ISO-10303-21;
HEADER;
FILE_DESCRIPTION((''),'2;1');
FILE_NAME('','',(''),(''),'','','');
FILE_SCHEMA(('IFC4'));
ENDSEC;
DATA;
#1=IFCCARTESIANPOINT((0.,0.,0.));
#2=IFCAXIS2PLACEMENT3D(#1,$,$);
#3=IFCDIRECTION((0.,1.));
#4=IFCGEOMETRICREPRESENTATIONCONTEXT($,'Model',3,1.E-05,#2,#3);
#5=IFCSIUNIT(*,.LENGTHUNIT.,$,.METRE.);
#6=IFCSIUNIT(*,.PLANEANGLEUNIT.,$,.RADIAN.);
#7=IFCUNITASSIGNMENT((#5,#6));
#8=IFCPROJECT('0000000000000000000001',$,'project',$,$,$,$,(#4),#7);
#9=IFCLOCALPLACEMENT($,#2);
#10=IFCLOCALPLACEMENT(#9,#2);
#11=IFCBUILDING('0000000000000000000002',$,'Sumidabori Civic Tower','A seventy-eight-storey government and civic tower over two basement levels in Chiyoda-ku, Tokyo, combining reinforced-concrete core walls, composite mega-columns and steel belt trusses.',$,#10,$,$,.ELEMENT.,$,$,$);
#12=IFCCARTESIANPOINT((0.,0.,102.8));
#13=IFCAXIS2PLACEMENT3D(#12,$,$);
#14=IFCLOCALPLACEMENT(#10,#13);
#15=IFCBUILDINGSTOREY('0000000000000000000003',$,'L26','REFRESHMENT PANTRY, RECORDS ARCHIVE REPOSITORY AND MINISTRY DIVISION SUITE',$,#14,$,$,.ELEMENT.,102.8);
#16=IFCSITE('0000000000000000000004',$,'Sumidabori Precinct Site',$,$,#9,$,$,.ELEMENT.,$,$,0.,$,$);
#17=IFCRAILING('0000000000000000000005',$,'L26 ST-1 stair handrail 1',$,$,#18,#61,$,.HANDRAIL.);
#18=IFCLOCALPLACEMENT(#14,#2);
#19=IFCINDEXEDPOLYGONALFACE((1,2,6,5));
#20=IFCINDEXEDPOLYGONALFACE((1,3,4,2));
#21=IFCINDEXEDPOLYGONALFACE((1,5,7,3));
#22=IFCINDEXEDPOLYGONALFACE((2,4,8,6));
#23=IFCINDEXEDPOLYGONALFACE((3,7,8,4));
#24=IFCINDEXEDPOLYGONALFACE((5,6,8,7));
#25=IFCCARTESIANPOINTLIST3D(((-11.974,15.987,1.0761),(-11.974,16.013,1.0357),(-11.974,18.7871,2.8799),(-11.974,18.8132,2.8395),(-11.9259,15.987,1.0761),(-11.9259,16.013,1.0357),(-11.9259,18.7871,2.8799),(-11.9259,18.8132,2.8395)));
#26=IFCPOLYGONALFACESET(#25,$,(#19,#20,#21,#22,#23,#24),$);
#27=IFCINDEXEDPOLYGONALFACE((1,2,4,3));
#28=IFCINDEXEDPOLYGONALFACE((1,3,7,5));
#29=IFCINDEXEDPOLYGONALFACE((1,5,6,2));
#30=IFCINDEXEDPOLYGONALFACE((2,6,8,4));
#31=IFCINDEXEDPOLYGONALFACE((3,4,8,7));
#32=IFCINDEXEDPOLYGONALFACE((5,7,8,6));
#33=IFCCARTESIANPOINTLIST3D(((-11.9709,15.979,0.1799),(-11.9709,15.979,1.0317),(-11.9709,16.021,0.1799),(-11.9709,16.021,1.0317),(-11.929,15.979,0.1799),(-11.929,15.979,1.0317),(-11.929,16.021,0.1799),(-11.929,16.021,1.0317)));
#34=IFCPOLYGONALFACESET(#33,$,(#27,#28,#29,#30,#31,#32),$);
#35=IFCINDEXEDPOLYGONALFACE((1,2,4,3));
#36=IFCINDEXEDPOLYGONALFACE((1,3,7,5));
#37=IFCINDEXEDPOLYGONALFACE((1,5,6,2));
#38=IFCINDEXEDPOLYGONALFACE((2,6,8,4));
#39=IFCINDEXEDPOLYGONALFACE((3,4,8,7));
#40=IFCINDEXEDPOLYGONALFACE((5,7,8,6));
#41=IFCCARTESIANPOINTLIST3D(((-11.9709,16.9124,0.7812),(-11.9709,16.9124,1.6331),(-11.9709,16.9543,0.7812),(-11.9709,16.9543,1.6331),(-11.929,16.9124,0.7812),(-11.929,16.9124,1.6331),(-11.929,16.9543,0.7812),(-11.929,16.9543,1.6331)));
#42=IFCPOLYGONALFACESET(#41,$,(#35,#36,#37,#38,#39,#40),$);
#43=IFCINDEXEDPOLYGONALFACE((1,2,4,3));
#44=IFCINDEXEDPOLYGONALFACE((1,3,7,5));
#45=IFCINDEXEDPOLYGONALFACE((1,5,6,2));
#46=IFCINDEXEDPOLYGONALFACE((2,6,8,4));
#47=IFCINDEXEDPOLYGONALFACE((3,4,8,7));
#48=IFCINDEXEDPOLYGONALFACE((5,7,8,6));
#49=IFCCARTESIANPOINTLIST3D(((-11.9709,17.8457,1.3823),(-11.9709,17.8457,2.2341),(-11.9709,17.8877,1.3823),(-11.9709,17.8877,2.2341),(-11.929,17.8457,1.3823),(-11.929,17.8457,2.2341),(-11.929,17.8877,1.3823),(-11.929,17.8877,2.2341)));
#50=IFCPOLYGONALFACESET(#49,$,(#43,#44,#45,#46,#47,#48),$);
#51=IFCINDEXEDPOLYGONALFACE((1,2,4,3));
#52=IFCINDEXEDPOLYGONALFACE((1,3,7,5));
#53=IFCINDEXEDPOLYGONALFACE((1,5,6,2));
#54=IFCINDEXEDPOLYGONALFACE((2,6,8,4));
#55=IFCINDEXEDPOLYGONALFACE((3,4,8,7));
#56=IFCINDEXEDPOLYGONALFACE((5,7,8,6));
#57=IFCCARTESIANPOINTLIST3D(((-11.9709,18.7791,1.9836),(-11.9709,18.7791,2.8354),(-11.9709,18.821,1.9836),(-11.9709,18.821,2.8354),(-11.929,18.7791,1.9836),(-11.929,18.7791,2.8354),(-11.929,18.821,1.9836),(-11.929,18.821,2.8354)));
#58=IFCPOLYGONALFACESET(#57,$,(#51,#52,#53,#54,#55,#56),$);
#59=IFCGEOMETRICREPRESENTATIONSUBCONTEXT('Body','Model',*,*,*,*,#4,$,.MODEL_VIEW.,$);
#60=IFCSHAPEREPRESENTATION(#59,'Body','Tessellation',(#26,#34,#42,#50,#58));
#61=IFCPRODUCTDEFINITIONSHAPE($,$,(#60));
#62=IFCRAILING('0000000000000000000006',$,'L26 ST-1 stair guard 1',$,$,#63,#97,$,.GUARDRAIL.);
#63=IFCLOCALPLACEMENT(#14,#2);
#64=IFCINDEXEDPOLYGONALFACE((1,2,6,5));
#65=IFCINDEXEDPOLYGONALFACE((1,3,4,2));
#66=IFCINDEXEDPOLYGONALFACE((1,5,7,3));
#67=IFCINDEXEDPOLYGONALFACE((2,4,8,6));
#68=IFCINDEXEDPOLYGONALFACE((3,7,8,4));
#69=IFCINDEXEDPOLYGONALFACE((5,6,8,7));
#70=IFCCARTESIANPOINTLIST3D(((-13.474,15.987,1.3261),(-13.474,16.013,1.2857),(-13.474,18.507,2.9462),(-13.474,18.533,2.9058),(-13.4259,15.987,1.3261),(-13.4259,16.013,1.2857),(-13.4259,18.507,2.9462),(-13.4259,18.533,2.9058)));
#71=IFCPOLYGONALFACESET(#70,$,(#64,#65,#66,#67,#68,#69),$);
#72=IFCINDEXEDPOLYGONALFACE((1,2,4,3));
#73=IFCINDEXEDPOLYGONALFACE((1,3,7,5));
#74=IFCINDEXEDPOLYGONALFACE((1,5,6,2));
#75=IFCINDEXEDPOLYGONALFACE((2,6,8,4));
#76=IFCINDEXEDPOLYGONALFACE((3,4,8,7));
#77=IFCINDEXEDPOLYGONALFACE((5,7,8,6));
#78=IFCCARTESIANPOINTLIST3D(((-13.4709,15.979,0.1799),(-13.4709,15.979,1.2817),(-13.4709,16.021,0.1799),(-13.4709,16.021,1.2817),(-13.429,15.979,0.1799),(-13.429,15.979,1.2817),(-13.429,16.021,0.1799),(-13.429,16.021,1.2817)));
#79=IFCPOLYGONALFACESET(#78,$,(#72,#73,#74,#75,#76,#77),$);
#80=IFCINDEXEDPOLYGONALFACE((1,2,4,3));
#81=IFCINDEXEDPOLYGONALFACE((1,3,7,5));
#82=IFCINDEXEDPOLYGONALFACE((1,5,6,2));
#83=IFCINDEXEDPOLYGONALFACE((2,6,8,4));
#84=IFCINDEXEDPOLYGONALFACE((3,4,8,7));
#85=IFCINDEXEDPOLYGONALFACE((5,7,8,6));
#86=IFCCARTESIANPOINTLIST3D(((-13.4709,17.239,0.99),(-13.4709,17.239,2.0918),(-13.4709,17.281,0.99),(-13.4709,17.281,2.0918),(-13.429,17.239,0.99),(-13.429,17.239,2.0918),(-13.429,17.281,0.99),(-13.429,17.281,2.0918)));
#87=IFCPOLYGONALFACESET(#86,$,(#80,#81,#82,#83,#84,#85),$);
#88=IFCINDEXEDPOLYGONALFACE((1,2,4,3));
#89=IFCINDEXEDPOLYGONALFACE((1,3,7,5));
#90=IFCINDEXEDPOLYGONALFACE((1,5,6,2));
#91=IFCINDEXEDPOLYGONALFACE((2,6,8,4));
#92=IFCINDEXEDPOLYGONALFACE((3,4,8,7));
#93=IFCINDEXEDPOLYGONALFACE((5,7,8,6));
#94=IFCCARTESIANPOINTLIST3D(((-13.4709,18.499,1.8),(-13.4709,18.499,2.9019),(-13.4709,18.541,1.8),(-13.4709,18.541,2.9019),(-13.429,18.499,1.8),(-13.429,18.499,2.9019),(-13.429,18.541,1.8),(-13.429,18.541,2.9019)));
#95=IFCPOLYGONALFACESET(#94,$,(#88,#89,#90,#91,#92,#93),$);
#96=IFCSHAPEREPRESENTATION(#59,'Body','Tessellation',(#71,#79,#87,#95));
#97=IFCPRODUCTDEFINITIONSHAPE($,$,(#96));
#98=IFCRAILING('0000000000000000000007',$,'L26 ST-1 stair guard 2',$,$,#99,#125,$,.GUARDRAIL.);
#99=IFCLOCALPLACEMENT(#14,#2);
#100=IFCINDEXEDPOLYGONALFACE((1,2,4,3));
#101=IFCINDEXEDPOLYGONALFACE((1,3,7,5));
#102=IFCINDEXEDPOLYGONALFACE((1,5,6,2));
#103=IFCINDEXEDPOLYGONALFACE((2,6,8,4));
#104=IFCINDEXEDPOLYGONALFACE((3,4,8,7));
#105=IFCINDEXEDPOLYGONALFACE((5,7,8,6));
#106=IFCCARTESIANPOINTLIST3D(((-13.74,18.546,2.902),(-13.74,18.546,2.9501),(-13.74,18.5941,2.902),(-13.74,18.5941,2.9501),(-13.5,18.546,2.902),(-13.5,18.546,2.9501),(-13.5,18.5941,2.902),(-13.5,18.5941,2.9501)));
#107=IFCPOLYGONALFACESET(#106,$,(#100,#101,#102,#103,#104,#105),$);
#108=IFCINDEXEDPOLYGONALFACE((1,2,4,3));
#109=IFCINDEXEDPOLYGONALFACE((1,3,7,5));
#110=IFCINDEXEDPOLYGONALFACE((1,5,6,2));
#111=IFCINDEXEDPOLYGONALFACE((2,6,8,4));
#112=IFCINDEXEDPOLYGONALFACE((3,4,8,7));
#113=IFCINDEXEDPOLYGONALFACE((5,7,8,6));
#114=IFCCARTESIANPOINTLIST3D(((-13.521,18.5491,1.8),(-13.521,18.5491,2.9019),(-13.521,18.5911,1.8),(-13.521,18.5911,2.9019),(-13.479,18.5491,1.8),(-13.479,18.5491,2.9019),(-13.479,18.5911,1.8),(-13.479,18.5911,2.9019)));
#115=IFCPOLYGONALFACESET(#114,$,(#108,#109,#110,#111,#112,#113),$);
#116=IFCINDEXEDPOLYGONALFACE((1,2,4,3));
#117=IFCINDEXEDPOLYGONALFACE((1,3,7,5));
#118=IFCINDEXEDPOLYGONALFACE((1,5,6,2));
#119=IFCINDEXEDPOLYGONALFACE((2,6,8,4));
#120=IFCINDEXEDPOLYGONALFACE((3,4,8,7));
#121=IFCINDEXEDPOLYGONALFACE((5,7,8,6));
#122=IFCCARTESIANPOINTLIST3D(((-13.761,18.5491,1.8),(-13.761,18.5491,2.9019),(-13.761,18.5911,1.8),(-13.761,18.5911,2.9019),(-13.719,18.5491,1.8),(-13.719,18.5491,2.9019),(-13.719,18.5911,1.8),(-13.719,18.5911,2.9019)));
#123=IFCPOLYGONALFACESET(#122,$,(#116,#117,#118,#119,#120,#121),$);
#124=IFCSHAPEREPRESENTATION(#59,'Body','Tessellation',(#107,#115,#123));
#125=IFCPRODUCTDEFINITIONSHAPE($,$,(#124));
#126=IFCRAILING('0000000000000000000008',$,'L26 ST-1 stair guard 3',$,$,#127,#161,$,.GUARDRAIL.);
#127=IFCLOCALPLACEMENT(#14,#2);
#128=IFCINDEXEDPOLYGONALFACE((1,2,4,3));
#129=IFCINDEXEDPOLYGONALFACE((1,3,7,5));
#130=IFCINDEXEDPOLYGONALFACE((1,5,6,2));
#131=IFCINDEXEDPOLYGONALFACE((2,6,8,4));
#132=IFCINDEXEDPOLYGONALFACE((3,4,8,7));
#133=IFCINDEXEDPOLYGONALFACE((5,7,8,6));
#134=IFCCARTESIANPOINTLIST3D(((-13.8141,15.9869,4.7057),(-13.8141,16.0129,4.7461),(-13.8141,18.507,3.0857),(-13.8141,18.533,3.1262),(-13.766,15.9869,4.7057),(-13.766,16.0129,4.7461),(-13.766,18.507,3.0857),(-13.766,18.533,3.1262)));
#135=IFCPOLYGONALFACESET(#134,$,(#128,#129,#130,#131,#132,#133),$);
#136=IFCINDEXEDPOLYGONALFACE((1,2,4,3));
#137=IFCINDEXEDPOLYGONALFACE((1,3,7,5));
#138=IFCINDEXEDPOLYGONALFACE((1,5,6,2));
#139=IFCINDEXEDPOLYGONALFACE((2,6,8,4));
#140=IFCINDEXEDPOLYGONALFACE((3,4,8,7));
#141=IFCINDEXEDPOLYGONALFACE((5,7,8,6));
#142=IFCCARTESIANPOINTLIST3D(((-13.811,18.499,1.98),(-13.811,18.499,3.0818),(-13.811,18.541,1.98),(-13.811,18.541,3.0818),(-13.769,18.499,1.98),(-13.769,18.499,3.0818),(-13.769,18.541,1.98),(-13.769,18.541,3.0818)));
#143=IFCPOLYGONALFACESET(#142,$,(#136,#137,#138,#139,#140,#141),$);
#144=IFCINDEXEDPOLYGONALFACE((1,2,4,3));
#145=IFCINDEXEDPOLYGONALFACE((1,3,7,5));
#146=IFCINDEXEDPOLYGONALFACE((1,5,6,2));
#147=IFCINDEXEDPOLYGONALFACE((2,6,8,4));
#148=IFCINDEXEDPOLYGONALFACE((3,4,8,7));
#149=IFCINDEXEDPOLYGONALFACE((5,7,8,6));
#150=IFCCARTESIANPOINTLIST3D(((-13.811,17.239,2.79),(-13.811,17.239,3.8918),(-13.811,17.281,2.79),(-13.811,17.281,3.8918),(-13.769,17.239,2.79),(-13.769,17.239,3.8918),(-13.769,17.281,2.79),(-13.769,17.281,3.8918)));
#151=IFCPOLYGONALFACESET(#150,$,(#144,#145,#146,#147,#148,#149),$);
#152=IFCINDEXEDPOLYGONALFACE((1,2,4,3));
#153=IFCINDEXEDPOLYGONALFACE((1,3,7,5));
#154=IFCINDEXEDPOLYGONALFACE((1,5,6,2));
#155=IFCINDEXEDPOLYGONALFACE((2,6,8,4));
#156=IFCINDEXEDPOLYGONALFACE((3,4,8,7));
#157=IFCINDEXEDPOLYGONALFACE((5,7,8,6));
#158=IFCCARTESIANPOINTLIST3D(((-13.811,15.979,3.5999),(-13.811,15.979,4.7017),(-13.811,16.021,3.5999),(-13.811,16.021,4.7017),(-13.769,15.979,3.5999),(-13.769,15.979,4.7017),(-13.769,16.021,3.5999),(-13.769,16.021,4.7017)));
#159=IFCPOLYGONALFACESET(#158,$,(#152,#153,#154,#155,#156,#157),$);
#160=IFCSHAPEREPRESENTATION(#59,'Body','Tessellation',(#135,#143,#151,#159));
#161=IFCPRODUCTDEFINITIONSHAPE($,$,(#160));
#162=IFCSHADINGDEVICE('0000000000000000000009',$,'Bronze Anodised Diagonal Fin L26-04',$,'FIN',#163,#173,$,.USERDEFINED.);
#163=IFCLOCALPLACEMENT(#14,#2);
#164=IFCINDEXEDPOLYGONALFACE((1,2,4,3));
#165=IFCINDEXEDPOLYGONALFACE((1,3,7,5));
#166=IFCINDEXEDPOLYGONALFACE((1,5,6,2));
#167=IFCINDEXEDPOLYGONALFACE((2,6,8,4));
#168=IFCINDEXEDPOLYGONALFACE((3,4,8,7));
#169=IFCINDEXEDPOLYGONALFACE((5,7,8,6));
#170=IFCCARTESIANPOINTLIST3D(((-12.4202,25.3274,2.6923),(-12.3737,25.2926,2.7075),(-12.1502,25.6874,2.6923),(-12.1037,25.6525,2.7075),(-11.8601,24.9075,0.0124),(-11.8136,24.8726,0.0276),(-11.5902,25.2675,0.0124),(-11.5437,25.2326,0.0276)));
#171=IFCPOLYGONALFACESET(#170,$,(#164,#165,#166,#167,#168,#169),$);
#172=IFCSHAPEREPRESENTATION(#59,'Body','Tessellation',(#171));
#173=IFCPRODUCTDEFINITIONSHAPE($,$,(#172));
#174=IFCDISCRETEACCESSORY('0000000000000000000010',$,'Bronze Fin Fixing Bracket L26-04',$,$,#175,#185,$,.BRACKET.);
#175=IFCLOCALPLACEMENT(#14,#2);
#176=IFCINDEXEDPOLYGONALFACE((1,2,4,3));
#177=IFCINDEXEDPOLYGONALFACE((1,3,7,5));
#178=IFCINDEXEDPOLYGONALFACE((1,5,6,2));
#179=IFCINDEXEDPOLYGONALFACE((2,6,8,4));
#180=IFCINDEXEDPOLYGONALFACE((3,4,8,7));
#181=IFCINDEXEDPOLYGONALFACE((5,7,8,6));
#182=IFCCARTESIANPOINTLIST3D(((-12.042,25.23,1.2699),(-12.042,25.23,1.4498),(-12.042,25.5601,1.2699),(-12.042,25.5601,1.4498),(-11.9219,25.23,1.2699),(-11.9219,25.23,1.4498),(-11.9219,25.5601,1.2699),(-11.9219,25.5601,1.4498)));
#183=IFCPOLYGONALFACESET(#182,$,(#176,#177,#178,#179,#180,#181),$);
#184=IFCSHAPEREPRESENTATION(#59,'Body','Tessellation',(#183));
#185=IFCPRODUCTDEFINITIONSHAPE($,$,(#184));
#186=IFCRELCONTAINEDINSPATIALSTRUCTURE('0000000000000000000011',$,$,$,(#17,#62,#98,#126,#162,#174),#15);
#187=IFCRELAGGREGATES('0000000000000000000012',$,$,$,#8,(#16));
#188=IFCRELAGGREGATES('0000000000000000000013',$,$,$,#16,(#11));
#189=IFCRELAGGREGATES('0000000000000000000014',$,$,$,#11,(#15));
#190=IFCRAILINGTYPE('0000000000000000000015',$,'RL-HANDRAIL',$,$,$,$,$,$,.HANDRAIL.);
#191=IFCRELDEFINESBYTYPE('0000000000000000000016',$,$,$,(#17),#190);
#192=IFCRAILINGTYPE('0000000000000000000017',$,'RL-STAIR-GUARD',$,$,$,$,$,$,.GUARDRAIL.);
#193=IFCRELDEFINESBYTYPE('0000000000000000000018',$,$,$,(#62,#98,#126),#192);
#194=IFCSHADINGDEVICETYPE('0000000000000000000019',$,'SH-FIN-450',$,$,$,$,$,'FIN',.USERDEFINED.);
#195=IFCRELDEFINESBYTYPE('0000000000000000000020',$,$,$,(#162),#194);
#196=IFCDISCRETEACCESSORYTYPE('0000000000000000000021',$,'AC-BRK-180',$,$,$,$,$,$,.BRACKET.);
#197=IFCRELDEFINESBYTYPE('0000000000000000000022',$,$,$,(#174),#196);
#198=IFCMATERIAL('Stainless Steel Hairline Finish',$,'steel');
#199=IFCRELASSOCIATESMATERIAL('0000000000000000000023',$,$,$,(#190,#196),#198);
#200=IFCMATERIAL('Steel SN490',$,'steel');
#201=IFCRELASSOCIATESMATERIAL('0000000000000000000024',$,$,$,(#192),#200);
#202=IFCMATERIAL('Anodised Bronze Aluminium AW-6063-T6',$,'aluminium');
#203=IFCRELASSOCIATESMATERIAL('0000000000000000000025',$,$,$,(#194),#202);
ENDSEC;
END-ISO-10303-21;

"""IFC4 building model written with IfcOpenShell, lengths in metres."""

from ifc_helpers import new_model, si_unit, direction, frame, origin, origin_2d, place, context, subcontext, project, spatial, rectangle, extrude, source, transform, mapped, material, material_profile, profile_set, type_object, element, save


model = new_model("IFC4")

# Units and contexts
model_context = context("Model", 3, precision=1e-05, world=origin(), true_north=direction((0.0, 1.0)))
body_context = subcontext(model_context, "Body", "Model", "MODEL_VIEW")
ifc_project = project(units=[si_unit("LENGTHUNIT", "METRE"), si_unit("PLANEANGLEUNIT", "RADIAN")], contexts=[model_context])

# Site, building, storey
site_placement = place(None, origin())
site = spatial("IfcSite", under=ifc_project, at=site_placement, Name="Sumidabori Precinct Site", CompositionType="ELEMENT", RefElevation=0.0)
building_placement = place(site_placement, origin())
building = spatial("IfcBuilding", under=site, at=building_placement, Name="Sumidabori Civic Tower", Description="A seventy-eight-storey government and civic tower over two basement levels in Chiyoda-ku, Tokyo, combining reinforced-concrete core walls, composite mega-columns and steel belt trusses.", CompositionType="ELEMENT")
storey_placement = place(building_placement, frame((0.0, 0.0, 102.8)))
storey = spatial("IfcBuildingStorey", under=building, at=storey_placement, Name="L26", Description="REFRESHMENT PANTRY, RECORDS ARCHIVE REPOSITORY AND MINISTRY DIVISION SUITE", CompositionType="ELEMENT", Elevation=102.8)

# Shared definitions
ifc_material_1 = material(Name="Anodised Bronze Aluminium AW-6063-T6", Category="aluminium")

# Railings
ifc_material_2 = material(Name="Stainless Steel Hairline Finish", Category="steel")
railing_type_1 = type_object("IfcRailingType", Name="RL-HANDRAIL", PredefinedType="HANDRAIL", material=ifc_material_2)
railing_1_placement = place(storey_placement, frame((-11.95, 16.0, 0.1799)))
element("IfcRailing", 1, at=railing_1_placement, inside=storey, type_object=railing_type_1, Name="L26 ST-1 stair handrail 1", PredefinedType="HANDRAIL", context=body_context, shape_type="SweptSolid", body=[
    extrude(rectangle(XDim=0.0481, YDim=0.0481, at=origin_2d()), frame((0.0, 0.0, 0.876), z_axis=(0.0, 0.840676, 0.541539), x_axis=(-1.0, 0.0, 0.0)), (0.0, 0.0, 1.0), 3.3308),
    extrude(rectangle(XDim=0.042, YDim=0.042, at=origin_2d()), origin(), (0.0, 0.0, 1.0), 0.8518),
    extrude(rectangle(XDim=0.042, YDim=0.042, at=origin_2d()), frame((0.0, 0.9333, 0.6013)), (0.0, 0.0, 1.0), 0.8518),
    extrude(rectangle(XDim=0.042, YDim=0.042, at=origin_2d()), frame((0.0, 1.8667, 1.2024)), (0.0, 0.0, 1.0), 0.8518),
    extrude(rectangle(XDim=0.042, YDim=0.042, at=origin_2d()), frame((0.0, 2.8, 1.8037)), (0.0, 0.0, 1.0), 0.8518),
])
ifc_material_3 = material(Name="Steel SN490", Category="steel")
railing_type_2 = type_object("IfcRailingType", Name="RL-STAIR-GUARD", PredefinedType="GUARDRAIL", material=ifc_material_3)
railing_2_placement = place(storey_placement, frame((-13.45, 16.0, 0.1799)))
element("IfcRailing", 2, at=railing_2_placement, inside=storey, type_object=railing_type_2, Name="L26 ST-1 stair guard 1", PredefinedType="GUARDRAIL", context=body_context, shape_type="SweptSolid", body=[
    extrude(rectangle(XDim=0.0481, YDim=0.0481, at=origin_2d()), frame((0.0, 0.0, 1.126), z_axis=(0.0, 0.841163, 0.540782), x_axis=(-1.0, 0.0, 0.0)), (0.0, 0.0, 1.0), 2.9958),
    extrude(rectangle(XDim=0.042, YDim=0.042, at=origin_2d()), origin(), (0.0, 0.0, 1.0), 1.1018),
    extrude(rectangle(XDim=0.042, YDim=0.042, at=origin_2d()), frame((0.0, 1.26, 0.8101)), (0.0, 0.0, 1.0), 1.1018),
    extrude(rectangle(XDim=0.042, YDim=0.042, at=origin_2d()), frame((0.0, 2.52, 1.6201)), (0.0, 0.0, 1.0), 1.1018),
])
railing_3_placement = place(storey_placement, frame((-13.5, 18.5701, 1.8)))
element("IfcRailing", 3, at=railing_3_placement, inside=storey, type_object=railing_type_2, Name="L26 ST-1 stair guard 2", PredefinedType="GUARDRAIL", context=body_context, shape_type="SweptSolid", body=[
    extrude(rectangle(XDim=0.0481, YDim=0.0481, at=origin_2d()), frame((0.0, 0.0, 1.126), z_axis=(-1.0, 0.0, 0.0), x_axis=(0.0, -1.0, 0.0)), (0.0, 0.0, 1.0), 0.24),
    extrude(rectangle(XDim=0.042, YDim=0.042, at=origin_2d()), origin(), (0.0, 0.0, 1.0), 1.1018),
    extrude(rectangle(XDim=0.042, YDim=0.042, at=origin_2d()), frame((-0.24, 0.0, 0.0)), (0.0, 0.0, 1.0), 1.1018),
])
railing_4_placement = place(storey_placement, frame((-13.79, 18.52, 1.98)))
element("IfcRailing", 4, at=railing_4_placement, inside=storey, type_object=railing_type_2, Name="L26 ST-1 stair guard 3", PredefinedType="GUARDRAIL", context=body_context, shape_type="SweptSolid", body=[
    extrude(rectangle(XDim=0.0481, YDim=0.0481, at=origin_2d()), frame((0.0, 0.0, 1.126), z_axis=(0.0, -0.8412, 0.540725), x_axis=(1.0, 0.0, 0.0)), (0.0, 0.0, 1.0), 2.9958),
    extrude(rectangle(XDim=0.042, YDim=0.042, at=origin_2d()), origin(), (0.0, 0.0, 1.0), 1.1018),
    extrude(rectangle(XDim=0.042, YDim=0.042, at=origin_2d()), frame((0.0, -1.26, 0.8101)), (0.0, 0.0, 1.0), 1.1018),
    extrude(rectangle(XDim=0.042, YDim=0.042, at=origin_2d()), frame((0.0, -2.52, 1.6199)), (0.0, 0.0, 1.0), 1.1018),
])

# Shading device
ifc_material_profile_1 = material_profile(ifc_material_1, rectangle(XDim=0.0601, YDim=0.45, at=origin_2d()), Name="BRONZE FIN 450x60")
ifc_profile_set_1 = profile_set([ifc_material_profile_1], Name="Anodised Bronze Aluminium AW-6063-T6")
shading_device_type = type_object("IfcShadingDeviceType", Name="SH-FIN-450", ElementType="FIN", PredefinedType="USERDEFINED", material=ifc_profile_set_1)
shared_shape_1 = source(origin(), body_context, "Body", "SweptSolid", [
    extrude(rectangle(XDim=0.0601, YDim=0.45, at=origin_2d()), origin(), (0.0, 0.0, 1.0), 2.7698),
])
shading_device_placement = place(storey_placement, frame((-11.7019, 25.0701, 0.02), z_axis=(-0.202199, 0.151605, 0.967539), x_axis=(0.774112, -0.580415, 0.252722)))
element("IfcShadingDevice", 5, at=shading_device_placement, inside=storey, type_object=shading_device_type, Name="Bronze Anodised Diagonal Fin L26-04", ObjectType="FIN", PredefinedType="USERDEFINED", context=body_context, shape_type="MappedRepresentation", body=[
    mapped(shared_shape_1, transform((0.0, 0.0, 0.0), x_axis=(1.0, 0.0, 0.0), y_axis=(0.0, 1.0, 0.0), z_axis=(0.0, 0.0, 1.0), scale=1.0)),
])

# Discrete accessory
ifc_material_profile_2 = material_profile(ifc_material_2, rectangle(XDim=0.1201, YDim=0.1799, at=origin_2d()), Name="STEEL BRACKET 180x120")
ifc_profile_set_2 = profile_set([ifc_material_profile_2], Name="Stainless Steel Hairline Finish")
discrete_accessory_type = type_object("IfcDiscreteAccessoryType", Name="AC-BRK-180", PredefinedType="BRACKET", material=ifc_profile_set_2)
shared_shape_2 = source(origin(), body_context, "Body", "SweptSolid", [
    extrude(rectangle(XDim=0.1201, YDim=0.1799, at=origin_2d()), origin(), (0.0, 0.0, 1.0), 0.3301),
])
discrete_accessory_placement = place(storey_placement, frame((-11.9819, 25.23, 1.3599), z_axis=(0.0, 1.0, 0.0), x_axis=(-1.0, 0.0, 0.0)))
element("IfcDiscreteAccessory", 6, at=discrete_accessory_placement, inside=storey, type_object=discrete_accessory_type, Name="Bronze Fin Fixing Bracket L26-04", PredefinedType="BRACKET", context=body_context, shape_type="MappedRepresentation", body=[
    mapped(shared_shape_2, transform((0.0, 0.0, 0.0), x_axis=(1.0, 0.0, 0.0), y_axis=(0.0, 1.0, 0.0), z_axis=(0.0, 0.0, 1.0), scale=1.0)),
])

save(model, "model.ifc")
